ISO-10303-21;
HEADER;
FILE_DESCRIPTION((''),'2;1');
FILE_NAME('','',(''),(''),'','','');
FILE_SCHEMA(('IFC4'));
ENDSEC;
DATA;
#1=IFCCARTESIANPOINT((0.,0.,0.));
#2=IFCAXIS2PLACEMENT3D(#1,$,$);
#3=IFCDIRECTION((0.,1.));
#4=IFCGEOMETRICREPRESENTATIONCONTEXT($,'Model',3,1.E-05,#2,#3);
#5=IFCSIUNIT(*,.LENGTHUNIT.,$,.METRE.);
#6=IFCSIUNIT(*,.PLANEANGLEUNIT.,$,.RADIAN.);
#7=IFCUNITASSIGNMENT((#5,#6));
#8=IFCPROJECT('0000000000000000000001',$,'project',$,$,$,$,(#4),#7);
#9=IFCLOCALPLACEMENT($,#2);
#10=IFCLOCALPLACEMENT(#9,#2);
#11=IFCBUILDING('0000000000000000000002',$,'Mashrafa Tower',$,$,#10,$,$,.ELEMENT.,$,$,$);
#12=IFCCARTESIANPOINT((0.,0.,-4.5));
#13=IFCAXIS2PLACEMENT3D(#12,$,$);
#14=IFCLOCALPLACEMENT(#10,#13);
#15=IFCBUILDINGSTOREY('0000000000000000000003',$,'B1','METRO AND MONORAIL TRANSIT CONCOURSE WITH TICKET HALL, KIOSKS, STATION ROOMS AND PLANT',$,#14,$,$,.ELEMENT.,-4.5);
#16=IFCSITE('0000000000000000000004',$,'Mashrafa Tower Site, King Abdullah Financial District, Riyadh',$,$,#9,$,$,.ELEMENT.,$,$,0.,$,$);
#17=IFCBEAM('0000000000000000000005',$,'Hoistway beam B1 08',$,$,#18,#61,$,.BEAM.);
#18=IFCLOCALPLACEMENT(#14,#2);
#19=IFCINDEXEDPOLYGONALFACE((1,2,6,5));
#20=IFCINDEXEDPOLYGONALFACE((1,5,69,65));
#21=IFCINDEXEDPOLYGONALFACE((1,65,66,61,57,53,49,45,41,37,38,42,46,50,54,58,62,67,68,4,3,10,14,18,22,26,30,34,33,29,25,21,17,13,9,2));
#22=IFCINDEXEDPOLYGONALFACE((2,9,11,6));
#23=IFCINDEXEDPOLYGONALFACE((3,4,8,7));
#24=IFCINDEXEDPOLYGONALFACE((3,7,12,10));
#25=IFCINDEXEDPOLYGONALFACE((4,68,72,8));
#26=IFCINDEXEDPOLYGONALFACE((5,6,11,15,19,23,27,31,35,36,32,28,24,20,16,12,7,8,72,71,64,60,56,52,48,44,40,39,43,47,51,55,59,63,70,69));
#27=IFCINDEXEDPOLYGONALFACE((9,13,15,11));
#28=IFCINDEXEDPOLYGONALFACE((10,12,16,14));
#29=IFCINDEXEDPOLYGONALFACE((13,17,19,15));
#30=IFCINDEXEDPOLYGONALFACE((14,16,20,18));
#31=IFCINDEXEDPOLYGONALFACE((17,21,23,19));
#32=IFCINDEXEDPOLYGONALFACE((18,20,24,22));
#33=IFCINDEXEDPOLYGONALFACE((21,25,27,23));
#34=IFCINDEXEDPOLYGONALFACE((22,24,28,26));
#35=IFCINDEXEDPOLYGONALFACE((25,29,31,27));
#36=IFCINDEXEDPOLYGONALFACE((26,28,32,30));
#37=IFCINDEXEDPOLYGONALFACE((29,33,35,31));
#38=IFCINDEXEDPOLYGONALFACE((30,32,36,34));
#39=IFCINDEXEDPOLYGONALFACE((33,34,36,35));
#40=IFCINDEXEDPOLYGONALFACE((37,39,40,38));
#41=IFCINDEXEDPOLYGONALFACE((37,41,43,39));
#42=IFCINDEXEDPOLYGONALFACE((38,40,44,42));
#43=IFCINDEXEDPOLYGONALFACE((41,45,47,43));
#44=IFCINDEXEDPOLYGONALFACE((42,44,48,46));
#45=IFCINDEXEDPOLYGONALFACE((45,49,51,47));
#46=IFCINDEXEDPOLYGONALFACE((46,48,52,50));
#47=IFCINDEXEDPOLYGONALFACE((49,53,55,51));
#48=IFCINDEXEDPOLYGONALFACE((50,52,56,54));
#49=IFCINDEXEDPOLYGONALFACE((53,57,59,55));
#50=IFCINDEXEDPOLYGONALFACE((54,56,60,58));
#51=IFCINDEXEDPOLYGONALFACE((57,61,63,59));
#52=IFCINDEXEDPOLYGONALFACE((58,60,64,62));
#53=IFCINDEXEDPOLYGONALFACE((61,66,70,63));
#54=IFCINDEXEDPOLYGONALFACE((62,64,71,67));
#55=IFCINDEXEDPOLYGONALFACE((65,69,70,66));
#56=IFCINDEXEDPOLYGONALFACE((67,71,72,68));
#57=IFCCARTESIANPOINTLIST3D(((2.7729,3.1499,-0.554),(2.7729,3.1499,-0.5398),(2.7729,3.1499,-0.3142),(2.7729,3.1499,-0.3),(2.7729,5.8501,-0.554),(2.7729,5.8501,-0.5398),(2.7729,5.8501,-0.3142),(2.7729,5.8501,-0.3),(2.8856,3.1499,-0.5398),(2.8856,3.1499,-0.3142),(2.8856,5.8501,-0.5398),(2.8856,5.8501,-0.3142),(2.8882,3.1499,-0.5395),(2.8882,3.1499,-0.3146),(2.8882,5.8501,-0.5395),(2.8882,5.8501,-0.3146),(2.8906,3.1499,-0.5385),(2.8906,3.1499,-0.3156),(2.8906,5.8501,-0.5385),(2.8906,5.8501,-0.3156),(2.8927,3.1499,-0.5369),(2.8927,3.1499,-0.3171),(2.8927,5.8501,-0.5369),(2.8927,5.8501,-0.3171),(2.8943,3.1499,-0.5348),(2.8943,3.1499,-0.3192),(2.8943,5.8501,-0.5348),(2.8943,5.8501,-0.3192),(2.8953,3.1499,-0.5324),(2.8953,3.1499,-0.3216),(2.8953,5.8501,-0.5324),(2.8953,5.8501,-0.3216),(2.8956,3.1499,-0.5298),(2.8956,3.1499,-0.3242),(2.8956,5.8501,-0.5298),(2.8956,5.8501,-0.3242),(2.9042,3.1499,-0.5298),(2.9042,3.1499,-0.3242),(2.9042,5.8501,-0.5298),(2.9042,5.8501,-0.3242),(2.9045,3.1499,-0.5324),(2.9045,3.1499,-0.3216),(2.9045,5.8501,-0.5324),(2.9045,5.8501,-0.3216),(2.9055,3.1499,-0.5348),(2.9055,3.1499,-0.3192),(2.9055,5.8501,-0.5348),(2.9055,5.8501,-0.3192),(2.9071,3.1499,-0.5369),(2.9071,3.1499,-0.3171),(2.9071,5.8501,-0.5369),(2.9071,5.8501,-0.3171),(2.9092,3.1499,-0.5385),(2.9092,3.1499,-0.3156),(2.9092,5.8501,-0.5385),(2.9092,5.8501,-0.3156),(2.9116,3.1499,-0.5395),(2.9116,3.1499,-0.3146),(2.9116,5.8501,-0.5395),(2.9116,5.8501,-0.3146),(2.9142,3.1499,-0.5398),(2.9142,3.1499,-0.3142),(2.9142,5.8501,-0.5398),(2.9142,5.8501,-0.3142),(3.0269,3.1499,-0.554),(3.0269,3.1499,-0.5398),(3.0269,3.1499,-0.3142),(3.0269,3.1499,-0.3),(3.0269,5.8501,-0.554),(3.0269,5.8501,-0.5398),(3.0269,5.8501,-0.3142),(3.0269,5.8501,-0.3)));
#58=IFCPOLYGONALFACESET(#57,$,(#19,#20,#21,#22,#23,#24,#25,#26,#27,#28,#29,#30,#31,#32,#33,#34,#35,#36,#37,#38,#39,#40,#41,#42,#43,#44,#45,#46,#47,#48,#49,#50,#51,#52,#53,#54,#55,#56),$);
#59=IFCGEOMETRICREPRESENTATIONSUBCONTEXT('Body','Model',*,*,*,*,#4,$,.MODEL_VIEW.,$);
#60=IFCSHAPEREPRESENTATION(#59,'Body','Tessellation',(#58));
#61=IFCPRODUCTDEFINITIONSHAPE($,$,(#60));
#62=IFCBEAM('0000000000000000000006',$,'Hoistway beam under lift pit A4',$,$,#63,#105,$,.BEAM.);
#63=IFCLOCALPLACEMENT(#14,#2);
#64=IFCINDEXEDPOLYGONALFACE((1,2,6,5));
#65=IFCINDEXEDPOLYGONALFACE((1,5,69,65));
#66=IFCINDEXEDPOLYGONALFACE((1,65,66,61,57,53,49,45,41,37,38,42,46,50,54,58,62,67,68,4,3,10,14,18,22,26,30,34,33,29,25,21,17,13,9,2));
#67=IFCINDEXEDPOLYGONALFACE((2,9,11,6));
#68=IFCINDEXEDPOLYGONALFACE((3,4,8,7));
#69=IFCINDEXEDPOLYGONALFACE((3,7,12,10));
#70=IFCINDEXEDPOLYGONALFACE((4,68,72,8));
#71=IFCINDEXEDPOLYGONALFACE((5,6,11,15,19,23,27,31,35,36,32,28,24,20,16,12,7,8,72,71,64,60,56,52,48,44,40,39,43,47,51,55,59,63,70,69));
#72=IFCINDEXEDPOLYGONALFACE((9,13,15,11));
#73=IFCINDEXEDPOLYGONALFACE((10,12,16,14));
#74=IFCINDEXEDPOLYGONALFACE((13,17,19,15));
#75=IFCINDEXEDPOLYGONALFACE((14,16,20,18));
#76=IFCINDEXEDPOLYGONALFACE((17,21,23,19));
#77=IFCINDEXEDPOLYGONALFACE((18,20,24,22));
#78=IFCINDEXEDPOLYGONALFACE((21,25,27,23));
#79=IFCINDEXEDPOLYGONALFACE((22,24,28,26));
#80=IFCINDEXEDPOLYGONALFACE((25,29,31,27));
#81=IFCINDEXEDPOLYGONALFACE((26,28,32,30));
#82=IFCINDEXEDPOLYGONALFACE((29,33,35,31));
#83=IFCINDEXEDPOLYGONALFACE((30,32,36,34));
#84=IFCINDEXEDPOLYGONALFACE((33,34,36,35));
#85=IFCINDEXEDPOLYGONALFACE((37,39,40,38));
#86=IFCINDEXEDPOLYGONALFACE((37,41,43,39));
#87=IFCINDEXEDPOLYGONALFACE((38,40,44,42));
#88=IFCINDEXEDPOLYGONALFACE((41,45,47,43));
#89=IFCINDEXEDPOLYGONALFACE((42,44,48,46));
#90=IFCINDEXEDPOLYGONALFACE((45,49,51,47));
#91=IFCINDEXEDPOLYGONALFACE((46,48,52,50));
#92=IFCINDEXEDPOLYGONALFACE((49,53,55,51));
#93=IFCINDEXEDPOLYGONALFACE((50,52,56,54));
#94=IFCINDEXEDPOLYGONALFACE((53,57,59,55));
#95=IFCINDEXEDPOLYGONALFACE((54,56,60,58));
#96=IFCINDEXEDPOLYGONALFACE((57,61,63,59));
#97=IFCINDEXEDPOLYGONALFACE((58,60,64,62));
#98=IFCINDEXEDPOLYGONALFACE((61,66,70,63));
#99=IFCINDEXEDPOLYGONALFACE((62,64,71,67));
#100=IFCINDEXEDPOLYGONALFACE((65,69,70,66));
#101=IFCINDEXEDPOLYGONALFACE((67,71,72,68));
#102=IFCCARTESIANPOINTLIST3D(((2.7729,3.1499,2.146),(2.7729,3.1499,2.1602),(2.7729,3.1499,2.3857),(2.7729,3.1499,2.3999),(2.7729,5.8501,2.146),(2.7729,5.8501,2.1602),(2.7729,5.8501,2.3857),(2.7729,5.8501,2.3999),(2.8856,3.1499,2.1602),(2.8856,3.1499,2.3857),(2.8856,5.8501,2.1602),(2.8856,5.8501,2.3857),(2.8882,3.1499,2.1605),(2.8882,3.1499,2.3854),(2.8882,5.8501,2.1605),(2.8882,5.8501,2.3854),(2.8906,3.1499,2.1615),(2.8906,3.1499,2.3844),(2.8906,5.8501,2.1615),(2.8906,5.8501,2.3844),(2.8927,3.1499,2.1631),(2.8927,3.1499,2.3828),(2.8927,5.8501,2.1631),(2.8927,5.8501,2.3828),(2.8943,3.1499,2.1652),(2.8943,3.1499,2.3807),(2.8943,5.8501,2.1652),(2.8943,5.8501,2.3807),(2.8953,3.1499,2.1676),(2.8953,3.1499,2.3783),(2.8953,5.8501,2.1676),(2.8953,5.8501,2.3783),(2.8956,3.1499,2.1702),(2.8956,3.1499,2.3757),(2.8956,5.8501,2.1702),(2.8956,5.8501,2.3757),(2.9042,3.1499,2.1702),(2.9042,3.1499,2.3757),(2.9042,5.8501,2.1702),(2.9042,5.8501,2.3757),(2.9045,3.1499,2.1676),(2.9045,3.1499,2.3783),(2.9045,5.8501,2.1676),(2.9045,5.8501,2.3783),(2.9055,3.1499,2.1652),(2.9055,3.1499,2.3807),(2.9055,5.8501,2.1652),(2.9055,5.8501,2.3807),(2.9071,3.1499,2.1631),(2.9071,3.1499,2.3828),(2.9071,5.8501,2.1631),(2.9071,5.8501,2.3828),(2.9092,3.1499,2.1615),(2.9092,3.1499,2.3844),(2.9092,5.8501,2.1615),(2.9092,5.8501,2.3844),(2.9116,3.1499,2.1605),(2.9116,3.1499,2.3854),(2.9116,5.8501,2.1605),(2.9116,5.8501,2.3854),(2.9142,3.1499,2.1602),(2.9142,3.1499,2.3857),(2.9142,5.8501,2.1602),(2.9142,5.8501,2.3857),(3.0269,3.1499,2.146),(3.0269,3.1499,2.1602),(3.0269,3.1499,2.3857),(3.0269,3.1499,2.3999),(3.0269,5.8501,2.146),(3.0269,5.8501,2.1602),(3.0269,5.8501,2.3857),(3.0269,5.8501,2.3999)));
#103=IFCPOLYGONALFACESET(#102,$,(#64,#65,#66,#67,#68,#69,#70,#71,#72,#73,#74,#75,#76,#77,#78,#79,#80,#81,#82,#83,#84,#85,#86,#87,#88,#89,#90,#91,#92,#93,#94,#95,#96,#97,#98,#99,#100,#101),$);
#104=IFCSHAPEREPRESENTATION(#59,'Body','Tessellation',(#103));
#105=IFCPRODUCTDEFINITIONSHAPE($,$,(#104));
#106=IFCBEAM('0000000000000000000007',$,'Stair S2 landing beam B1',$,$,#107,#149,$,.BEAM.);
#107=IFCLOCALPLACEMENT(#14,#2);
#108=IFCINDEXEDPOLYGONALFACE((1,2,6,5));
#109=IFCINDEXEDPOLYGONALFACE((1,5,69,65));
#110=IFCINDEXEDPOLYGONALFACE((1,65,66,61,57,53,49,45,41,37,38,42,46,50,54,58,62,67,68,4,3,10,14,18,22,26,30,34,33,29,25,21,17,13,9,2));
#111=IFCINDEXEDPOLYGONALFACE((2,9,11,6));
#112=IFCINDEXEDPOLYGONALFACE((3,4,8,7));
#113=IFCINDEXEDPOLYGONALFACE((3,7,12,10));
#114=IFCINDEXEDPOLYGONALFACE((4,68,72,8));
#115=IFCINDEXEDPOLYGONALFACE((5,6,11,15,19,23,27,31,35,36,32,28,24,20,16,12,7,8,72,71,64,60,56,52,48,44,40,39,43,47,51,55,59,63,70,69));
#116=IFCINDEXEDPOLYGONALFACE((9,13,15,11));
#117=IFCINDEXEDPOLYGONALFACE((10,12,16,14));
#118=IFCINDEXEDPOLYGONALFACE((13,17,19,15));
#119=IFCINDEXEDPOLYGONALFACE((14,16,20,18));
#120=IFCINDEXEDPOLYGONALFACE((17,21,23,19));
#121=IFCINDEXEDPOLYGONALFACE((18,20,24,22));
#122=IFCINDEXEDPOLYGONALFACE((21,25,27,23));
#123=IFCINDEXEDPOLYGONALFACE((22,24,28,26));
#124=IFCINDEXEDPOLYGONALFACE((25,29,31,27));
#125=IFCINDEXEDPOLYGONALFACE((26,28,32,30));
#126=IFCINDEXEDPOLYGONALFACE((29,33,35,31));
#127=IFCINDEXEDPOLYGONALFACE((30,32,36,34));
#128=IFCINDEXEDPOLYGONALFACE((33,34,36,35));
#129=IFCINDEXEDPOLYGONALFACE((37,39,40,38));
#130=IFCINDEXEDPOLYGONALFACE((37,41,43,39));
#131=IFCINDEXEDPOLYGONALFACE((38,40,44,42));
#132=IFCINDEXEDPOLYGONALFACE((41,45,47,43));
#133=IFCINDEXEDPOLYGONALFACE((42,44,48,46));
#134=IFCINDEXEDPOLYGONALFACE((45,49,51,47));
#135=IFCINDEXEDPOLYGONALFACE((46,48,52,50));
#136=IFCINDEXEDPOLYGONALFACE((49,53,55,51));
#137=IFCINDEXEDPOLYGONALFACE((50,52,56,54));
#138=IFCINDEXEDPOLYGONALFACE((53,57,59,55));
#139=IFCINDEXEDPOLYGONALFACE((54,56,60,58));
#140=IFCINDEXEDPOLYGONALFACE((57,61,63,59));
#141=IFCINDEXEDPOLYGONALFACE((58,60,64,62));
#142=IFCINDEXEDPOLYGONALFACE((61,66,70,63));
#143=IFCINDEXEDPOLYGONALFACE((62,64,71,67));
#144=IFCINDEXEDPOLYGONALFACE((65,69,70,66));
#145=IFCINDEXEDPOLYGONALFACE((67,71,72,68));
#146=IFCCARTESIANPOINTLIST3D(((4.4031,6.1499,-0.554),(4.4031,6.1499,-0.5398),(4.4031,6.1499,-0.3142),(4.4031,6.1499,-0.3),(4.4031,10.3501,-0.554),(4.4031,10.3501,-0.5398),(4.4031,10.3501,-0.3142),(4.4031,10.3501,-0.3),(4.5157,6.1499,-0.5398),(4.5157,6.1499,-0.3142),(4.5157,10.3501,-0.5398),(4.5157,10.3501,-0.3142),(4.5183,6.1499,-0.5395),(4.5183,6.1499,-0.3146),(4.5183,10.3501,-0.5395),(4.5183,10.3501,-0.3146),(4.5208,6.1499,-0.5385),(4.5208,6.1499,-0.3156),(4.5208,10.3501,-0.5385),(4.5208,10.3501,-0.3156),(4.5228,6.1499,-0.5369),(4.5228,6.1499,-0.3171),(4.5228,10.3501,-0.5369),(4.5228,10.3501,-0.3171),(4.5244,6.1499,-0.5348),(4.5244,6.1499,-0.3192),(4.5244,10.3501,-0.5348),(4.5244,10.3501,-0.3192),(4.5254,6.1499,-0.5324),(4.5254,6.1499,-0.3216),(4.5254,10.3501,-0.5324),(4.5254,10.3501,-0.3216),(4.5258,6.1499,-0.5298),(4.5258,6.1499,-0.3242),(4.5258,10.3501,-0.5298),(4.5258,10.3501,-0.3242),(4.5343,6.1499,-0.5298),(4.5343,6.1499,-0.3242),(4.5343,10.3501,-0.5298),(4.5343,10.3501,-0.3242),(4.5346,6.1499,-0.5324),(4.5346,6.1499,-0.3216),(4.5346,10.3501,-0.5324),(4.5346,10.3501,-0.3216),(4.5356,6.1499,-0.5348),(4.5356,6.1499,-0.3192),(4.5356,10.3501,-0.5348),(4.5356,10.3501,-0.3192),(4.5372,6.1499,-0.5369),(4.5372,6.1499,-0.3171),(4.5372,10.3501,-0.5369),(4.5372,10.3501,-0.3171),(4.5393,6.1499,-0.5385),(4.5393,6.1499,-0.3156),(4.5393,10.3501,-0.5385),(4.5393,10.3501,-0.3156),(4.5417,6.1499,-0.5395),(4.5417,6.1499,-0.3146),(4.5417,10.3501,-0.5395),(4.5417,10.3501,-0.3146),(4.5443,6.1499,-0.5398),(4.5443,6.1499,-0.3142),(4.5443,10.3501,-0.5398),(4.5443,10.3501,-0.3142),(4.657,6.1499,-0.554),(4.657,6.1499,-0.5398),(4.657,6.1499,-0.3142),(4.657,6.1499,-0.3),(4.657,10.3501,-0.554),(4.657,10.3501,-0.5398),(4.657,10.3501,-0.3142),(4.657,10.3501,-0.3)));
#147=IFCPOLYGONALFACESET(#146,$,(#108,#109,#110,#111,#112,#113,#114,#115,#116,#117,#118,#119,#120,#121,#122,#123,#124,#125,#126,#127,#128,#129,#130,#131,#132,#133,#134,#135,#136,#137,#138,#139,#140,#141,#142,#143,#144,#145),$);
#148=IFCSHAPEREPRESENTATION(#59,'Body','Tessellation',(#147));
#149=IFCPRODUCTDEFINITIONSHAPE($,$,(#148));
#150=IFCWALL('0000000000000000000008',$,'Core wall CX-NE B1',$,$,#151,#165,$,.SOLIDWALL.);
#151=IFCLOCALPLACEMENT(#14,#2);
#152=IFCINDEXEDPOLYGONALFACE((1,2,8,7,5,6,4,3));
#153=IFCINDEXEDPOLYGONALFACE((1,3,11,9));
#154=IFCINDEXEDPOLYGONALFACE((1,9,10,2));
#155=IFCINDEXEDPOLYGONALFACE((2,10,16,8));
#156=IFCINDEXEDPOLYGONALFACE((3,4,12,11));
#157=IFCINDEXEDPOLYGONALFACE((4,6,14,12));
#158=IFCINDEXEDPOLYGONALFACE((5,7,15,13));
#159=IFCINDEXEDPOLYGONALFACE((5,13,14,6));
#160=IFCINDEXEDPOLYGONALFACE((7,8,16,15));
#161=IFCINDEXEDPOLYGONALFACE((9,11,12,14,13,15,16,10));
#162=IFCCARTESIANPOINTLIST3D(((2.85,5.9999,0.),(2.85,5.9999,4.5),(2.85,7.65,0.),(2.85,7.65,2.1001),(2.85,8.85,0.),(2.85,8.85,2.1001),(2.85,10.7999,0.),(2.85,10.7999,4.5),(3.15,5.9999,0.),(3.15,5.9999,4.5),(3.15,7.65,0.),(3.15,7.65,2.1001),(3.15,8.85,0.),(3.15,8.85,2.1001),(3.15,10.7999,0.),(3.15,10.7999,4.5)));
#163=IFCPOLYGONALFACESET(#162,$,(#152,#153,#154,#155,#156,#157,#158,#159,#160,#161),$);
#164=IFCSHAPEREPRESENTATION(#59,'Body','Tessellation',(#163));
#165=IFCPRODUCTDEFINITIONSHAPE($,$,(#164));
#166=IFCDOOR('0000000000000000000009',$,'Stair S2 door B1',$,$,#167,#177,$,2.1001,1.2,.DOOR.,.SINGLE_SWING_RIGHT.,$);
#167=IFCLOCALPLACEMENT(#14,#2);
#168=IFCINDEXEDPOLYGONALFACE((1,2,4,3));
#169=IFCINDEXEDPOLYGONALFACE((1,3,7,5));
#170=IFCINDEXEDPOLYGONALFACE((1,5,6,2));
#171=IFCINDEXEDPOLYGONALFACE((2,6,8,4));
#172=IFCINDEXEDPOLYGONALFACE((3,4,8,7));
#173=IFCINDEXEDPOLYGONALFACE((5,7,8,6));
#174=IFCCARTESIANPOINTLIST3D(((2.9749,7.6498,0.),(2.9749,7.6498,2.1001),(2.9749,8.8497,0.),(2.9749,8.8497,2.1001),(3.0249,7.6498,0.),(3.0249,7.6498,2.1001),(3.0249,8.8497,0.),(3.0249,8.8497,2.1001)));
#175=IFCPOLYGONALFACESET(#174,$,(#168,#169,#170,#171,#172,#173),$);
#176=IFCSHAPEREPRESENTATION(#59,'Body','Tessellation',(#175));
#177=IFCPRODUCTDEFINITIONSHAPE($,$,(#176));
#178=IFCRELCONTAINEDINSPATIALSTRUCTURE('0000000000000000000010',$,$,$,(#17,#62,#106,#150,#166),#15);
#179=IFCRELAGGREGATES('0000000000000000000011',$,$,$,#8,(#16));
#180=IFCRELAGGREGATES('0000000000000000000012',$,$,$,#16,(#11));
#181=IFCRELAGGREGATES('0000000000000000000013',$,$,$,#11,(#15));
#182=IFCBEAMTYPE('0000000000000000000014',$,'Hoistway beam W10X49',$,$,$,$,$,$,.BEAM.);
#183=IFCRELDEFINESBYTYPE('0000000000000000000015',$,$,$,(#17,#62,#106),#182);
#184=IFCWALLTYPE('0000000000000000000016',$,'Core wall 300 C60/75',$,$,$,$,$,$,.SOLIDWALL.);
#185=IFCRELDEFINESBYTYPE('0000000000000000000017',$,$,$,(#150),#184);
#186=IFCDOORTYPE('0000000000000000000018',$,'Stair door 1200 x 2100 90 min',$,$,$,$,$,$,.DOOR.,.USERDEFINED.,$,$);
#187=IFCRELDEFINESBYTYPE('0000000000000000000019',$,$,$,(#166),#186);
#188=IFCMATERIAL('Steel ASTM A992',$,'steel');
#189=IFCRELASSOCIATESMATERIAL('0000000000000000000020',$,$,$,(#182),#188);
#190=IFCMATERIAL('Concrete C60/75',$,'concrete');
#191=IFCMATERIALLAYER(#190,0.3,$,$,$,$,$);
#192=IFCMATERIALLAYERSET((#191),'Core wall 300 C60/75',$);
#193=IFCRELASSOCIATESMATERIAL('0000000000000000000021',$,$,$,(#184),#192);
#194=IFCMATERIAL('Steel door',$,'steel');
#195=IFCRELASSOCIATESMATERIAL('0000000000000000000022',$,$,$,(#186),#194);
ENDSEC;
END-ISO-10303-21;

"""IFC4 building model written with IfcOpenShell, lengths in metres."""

from ifc_helpers import new_model, si_unit, direction, frame, frame_2d, origin, origin_2d, place, context, subcontext, project, spatial, rectangle, i_section, extrude, material, layer, layer_set, material_profile, profile_set, type_object, element, fill, save


model = new_model("IFC4")

# Units and contexts
model_context = context("Model", 3, precision=1e-05, world=origin(), true_north=direction((0.0, 1.0)))
body_context = subcontext(model_context, "Body", "Model", "MODEL_VIEW")
ifc_project = project(units=[si_unit("LENGTHUNIT", "METRE"), si_unit("PLANEANGLEUNIT", "RADIAN")], contexts=[model_context])

# Site, building, storey
site_placement = place(None, origin())
site = spatial("IfcSite", under=ifc_project, at=site_placement, Name="Mashrafa Tower Site, King Abdullah Financial District, Riyadh", CompositionType="ELEMENT", RefElevation=0.0)
building_placement = place(site_placement, origin())
building = spatial("IfcBuilding", under=site, at=building_placement, Name="Mashrafa Tower", CompositionType="ELEMENT")
storey_placement = place(building_placement, frame((0.0, 0.0, -4.5)))
storey = spatial("IfcBuildingStorey", under=building, at=storey_placement, Name="B1", Description="METRO AND MONORAIL TRANSIT CONCOURSE WITH TICKET HALL, KIOSKS, STATION ROOMS AND PLANT", CompositionType="ELEMENT", Elevation=-4.5)

# Beams
ifc_material_1 = material(Name="Steel ASTM A992", Category="steel")
ifc_material_profile_1 = material_profile(ifc_material_1, i_section(OverallWidth=0.2539, OverallDepth=0.2539, WebThickness=0.0085, FlangeThickness=0.0142, FilletRadius=0.01, at=origin_2d()), Name="W10X49")
ifc_profile_set_1 = profile_set([ifc_material_profile_1], Name="Steel ASTM A992")
beam_type_1 = type_object("IfcBeamType", Name="Hoistway beam W10X49", PredefinedType="BEAM", material=ifc_profile_set_1)
for number, where, z_axis, x_axis, name in (
    (1, (2.8999, 3.1499, -0.427), (0.0, 1.0, 0.0), (-1.0, 0.0, 0.0), "Hoistway beam B1 08"),
    (2, (2.8999, 3.1499, 2.2729), (0.0, 1.0, 0.0), (-1.0, 0.0, 0.0), "Hoistway beam under lift pit A4"),
):
    element("IfcBeam", number, at=place(storey_placement, frame(where, z_axis=z_axis, x_axis=x_axis)), inside=storey, type_object=beam_type_1, Name=name, PredefinedType="BEAM", context=body_context, shape_type="SweptSolid", body=[
        extrude(i_section(OverallWidth=0.2539, OverallDepth=0.2539, WebThickness=0.0085, FlangeThickness=0.0142, FilletRadius=0.01, at=origin_2d()), origin(), (0.0, 0.0, 1.0), 2.7002),
    ])
beam_1_placement = place(storey_placement, frame((4.53, 6.1499, -0.427), z_axis=(0.0, 1.0, 0.0), x_axis=(-1.0, 0.0, 0.0)))
element("IfcBeam", 3, at=beam_1_placement, inside=storey, type_object=beam_type_1, Name="Stair S2 landing beam B1", PredefinedType="BEAM", context=body_context, shape_type="SweptSolid", body=[
    extrude(i_section(OverallWidth=0.2539, OverallDepth=0.2539, WebThickness=0.0085, FlangeThickness=0.0142, FilletRadius=0.01, at=origin_2d()), origin(), (0.0, 0.0, 1.0), 4.2002),
])

# Wall, opening, door
ifc_material_2 = material(Name="Concrete C60/75", Category="concrete")
ifc_layer_1 = layer(ifc_material_2, 0.3)
ifc_layer_set_1 = layer_set([ifc_layer_1], Name="Core wall 300 C60/75")
wall_type_1 = type_object("IfcWallType", Name="Core wall 300 C60/75", PredefinedType="SOLIDWALL", material=ifc_layer_set_1)
wall_1_placement = place(storey_placement, frame((3.0, 6.0, 0.0), z_axis=(0.0, 0.0, 1.0), x_axis=(0.0, 1.0, 0.0)))
wall_1 = element("IfcWall", 4, at=wall_1_placement, inside=storey, type_object=wall_type_1, Name="Core wall CX-NE B1", PredefinedType="SOLIDWALL", context=body_context, shape_type="SweptSolid", body=[
    extrude(rectangle(XDim=4.8, YDim=0.3, at=frame_2d((2.3999, 0.0))), origin(), (0.0, 0.0, 1.0), 4.5),
])
opening_1_placement = place(wall_1_placement, frame((1.6499, 0.0, 0.0)))
opening_1 = element("IfcOpeningElement", 5, at=opening_1_placement, cuts=wall_1, PredefinedType="OPENING", context=body_context, shape_type="SweptSolid", body=[
    extrude(rectangle(XDim=1.2, YDim=2.1001, at=frame_2d((0.6001, 1.05))), frame((0.0, 0.1599, 0.0), z_axis=(0.0, -1.0, 0.0), x_axis=(1.0, 0.0, 0.0)), (0.0, 0.0, 1.0), 0.3201),
])
ifc_material_3 = material(Name="Steel door", Category="steel")
door_type_1 = type_object("IfcDoorType", Name="Stair door 1200 x 2100 90 min", OperationType="USERDEFINED", PredefinedType="DOOR", material=ifc_material_3)
door_1_placement = place(opening_1_placement, frame((1.2, 0.0, 0.0), z_axis=(0.0, 0.0, 1.0), x_axis=(-1.0, 0.0, 0.0)))
door_1 = element("IfcDoor", 6, at=door_1_placement, inside=storey, type_object=door_type_1, Name="Stair S2 door B1", OperationType="SINGLE_SWING_RIGHT", OverallHeight=2.1001, OverallWidth=1.2, PredefinedType="DOOR", context=body_context, shape_type="SweptSolid", body=[
    extrude(rectangle(XDim=1.2, YDim=2.1001, at=frame_2d((0.6001, 1.05))), frame((0.0, 0.0249, 0.0), z_axis=(0.0, -1.0, 0.0), x_axis=(1.0, 0.0, 0.0)), (0.0, 0.0, 1.0), 0.05),
])
fill(opening_1, door_1)

save(model, "model.ifc")
